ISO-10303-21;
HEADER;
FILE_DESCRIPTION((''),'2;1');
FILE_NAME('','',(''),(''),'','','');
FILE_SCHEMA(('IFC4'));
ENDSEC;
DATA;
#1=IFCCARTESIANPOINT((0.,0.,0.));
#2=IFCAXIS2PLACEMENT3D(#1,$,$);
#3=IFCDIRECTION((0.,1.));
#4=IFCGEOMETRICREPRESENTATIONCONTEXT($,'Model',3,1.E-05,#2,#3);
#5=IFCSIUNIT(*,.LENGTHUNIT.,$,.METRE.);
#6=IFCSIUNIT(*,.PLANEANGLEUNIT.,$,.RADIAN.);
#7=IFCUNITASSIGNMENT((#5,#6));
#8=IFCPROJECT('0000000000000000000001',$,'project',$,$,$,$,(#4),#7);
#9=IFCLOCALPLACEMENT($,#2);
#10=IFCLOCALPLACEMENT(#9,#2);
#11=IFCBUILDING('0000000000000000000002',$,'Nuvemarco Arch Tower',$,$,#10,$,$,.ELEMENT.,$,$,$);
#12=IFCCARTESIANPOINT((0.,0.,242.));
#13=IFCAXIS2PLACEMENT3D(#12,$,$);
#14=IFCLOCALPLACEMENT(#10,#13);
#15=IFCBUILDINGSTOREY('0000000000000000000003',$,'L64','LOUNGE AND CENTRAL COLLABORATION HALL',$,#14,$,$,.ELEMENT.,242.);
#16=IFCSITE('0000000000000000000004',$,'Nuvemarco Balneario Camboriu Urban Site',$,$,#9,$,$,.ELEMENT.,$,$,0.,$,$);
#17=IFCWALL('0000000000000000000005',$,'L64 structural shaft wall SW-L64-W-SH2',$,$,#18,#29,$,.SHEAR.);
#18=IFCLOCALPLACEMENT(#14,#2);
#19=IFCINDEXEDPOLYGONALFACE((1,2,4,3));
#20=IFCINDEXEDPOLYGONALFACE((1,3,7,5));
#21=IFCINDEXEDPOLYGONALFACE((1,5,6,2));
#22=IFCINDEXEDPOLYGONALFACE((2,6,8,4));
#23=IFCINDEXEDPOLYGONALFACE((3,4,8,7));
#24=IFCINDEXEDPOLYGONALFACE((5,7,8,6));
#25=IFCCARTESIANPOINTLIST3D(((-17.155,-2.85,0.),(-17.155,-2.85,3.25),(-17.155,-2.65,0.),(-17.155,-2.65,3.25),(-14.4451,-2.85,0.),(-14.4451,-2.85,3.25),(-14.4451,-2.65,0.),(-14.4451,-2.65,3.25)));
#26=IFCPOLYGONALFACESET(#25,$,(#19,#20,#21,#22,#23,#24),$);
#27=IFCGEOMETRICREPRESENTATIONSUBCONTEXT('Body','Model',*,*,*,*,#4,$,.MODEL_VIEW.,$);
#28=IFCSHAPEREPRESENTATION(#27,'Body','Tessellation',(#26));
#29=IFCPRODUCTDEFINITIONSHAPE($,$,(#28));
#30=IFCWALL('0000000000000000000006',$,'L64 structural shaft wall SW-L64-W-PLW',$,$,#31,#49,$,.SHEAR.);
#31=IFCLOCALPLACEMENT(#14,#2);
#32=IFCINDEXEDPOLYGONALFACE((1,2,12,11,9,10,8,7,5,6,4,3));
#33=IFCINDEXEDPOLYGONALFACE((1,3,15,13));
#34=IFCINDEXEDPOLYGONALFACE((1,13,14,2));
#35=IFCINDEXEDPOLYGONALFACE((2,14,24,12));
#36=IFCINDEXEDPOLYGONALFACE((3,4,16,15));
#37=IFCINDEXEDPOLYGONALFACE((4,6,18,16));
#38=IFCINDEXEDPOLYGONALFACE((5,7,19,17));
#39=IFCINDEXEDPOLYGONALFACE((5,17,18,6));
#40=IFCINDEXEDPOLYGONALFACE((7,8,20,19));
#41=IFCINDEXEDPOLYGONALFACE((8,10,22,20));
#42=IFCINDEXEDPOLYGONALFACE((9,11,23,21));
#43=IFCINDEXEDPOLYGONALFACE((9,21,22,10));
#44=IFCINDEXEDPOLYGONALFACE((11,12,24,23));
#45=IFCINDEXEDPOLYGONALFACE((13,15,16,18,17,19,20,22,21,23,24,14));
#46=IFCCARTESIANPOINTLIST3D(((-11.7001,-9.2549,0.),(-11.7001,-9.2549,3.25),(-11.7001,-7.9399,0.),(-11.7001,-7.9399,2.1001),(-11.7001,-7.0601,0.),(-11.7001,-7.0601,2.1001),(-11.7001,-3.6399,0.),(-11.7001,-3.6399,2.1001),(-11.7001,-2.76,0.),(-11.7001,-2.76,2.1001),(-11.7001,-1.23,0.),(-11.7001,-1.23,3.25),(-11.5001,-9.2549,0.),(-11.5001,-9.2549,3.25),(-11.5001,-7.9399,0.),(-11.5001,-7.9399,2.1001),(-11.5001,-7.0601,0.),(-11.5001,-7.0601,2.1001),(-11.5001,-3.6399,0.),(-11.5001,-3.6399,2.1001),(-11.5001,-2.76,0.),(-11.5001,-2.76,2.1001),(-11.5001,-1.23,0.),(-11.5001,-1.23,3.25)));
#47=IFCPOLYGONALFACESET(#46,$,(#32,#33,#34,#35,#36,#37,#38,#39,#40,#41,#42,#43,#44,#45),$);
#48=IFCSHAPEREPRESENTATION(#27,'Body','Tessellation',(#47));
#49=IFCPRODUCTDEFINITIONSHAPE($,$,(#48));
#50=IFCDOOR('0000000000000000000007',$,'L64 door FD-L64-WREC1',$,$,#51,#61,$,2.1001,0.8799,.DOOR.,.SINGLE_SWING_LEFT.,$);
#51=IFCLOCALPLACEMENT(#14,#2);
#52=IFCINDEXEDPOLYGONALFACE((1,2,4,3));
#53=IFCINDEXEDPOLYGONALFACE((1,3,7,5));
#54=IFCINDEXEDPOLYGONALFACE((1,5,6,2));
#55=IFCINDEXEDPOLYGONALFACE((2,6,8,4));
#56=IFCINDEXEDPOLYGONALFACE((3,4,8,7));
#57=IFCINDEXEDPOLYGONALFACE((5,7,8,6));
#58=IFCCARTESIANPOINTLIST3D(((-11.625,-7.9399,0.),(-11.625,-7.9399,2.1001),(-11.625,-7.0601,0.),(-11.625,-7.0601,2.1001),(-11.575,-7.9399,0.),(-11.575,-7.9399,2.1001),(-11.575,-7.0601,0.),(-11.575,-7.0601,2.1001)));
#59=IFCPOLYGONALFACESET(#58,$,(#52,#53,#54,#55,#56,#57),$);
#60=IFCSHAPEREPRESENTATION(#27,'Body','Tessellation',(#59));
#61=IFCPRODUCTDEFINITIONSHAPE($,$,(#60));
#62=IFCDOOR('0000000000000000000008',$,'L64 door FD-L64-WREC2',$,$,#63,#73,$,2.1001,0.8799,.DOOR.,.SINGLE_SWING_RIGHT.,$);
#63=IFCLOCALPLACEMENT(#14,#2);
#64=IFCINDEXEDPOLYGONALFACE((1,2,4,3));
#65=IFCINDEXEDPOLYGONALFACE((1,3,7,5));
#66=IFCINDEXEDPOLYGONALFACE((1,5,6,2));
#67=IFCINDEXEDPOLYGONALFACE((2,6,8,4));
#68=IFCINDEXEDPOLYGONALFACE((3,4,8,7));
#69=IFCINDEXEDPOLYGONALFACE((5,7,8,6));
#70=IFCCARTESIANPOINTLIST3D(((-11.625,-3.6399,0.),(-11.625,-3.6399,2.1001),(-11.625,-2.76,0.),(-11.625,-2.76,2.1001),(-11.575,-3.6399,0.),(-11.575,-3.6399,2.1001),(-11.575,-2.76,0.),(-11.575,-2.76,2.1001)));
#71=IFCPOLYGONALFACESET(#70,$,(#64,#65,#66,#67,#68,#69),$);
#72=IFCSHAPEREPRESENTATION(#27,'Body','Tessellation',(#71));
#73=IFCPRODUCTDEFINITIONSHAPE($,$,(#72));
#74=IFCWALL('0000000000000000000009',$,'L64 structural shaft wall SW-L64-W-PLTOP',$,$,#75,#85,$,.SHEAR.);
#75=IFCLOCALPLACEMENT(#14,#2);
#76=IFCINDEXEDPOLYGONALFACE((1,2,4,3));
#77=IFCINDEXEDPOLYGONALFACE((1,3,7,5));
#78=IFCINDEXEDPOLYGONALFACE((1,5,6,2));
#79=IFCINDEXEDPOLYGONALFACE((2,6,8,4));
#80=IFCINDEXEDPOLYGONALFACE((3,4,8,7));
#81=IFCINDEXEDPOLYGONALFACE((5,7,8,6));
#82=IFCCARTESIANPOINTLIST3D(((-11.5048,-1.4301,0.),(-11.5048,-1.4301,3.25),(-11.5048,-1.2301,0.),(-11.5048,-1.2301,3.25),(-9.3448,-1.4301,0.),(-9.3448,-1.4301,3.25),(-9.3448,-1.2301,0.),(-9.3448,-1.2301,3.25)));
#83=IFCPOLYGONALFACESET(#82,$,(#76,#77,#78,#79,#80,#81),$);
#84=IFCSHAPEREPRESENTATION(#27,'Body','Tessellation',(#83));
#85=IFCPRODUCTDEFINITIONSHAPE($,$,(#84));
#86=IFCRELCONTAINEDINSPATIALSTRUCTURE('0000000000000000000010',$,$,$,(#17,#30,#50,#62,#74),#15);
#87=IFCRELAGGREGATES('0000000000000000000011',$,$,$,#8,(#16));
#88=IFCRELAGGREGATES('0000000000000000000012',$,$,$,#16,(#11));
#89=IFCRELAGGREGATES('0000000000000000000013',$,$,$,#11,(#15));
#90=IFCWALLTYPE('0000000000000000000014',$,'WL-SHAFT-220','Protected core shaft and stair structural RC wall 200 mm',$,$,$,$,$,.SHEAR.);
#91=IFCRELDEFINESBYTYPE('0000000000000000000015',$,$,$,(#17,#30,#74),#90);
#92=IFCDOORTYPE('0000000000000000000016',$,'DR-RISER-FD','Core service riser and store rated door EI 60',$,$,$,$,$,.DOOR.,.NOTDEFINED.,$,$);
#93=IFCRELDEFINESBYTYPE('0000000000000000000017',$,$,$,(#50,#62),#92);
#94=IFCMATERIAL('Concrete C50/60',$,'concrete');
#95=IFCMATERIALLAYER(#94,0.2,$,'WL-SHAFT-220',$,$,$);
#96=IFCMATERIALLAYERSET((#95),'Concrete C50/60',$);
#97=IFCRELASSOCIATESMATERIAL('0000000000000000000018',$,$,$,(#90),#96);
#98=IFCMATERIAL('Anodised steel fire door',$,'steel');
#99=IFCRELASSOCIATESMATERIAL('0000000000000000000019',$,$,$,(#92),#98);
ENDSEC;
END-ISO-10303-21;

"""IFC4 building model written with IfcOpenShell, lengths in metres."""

from ifc_helpers import new_model, si_unit, direction, frame, frame_2d, origin, place, context, subcontext, project, spatial, rectangle, extrude, source, transform, mapped, material, layer, layer_set, type_object, type_shapes, element, fill, save


model = new_model("IFC4")

# Units and contexts
model_context = context("Model", 3, precision=1e-05, world=origin(), true_north=direction((0.0, 1.0)))
body_context = subcontext(model_context, "Body", "Model", "MODEL_VIEW")
ifc_project = project(units=[si_unit("LENGTHUNIT", "METRE"), si_unit("PLANEANGLEUNIT", "RADIAN")], contexts=[model_context])

# Site, building, storey
site_placement = place(None, origin())
site = spatial("IfcSite", under=ifc_project, at=site_placement, Name="Nuvemarco Balneario Camboriu Urban Site", CompositionType="ELEMENT", RefElevation=0.0)
building_placement = place(site_placement, origin())
building = spatial("IfcBuilding", under=site, at=building_placement, Name="Nuvemarco Arch Tower", CompositionType="ELEMENT")
storey_placement = place(building_placement, frame((0.0, 0.0, 242.0)))
storey = spatial("IfcBuildingStorey", under=building, at=storey_placement, Name="L64", Description="LOUNGE AND CENTRAL COLLABORATION HALL", CompositionType="ELEMENT", Elevation=242.0)

# Shared definitions
ifc_material_1 = material(Name="Concrete C50/60", Category="concrete")

# Shared definitions
ifc_material_2 = material(Name="Anodised steel fire door", Category="steel")

# Shared definitions
ifc_layer_1 = layer(ifc_material_1, 0.2, Name="WL-SHAFT-220")
ifc_layer_set_1 = layer_set([ifc_layer_1], Name="Concrete C50/60")
wall_type_1 = type_object("IfcWallType", Name="WL-SHAFT-220", Description="Protected core shaft and stair structural RC wall 200 mm", PredefinedType="SHEAR", material=ifc_layer_set_1)

# Shared definitions
door_type_1 = type_object("IfcDoorType", Name="DR-RISER-FD", Description="Core service riser and store rated door EI 60", OperationType="NOTDEFINED", PredefinedType="DOOR", material=ifc_material_2)
shared_shape_1 = source(origin(), body_context, "Body", "SweptSolid", [
    extrude(rectangle(XDim=0.8799, YDim=2.1001, at=frame_2d((0.4399, 1.05))), frame((0.0, 0.0249, 0.0), z_axis=(0.0, -1.0, 0.0), x_axis=(1.0, 0.0, 0.0)), (0.0, 0.0, 1.0), 0.05),
])
type_shapes(door_type_1, [shared_shape_1])

# Wall
wall_1_placement = place(storey_placement, frame((-17.155, -2.75, 0.0), z_axis=(0.0, 0.0, 1.0), x_axis=(1.0, 0.0, 0.0)))
element("IfcWall", 1, at=wall_1_placement, inside=storey, type_object=wall_type_1, Name="L64 structural shaft wall SW-L64-W-SH2", PredefinedType="SHEAR", context=body_context, shape_type="SweptSolid", body=[
    extrude(rectangle(XDim=2.71, YDim=0.2, at=frame_2d((1.355, 0.0))), origin(), (0.0, 0.0, 1.0), 3.25),
])

# Wall, openings, doors
wall_2_placement = place(storey_placement, frame((-11.6001, -9.2549, 0.0), z_axis=(0.0, 0.0, 1.0), x_axis=(0.0, 1.0, 0.0)))
wall_2 = element("IfcWall", 2, at=wall_2_placement, inside=storey, type_object=wall_type_1, Name="L64 structural shaft wall SW-L64-W-PLW", PredefinedType="SHEAR", context=body_context, shape_type="SweptSolid", body=[
    extrude(rectangle(XDim=8.0249, YDim=0.2, at=frame_2d((4.0125, 0.0))), origin(), (0.0, 0.0, 1.0), 3.25),
])
opening_1_placement = place(wall_2_placement, frame((1.3149, 0.0, 0.0)))
opening_1 = element("IfcOpeningElement", 3, at=opening_1_placement, cuts=wall_2, PredefinedType="OPENING", context=body_context, shape_type="SweptSolid", body=[
    extrude(rectangle(XDim=0.8799, YDim=2.1001, at=frame_2d((0.4399, 1.05))), frame((0.0, 0.1099, 0.0), z_axis=(0.0, -1.0, 0.0), x_axis=(1.0, 0.0, 0.0)), (0.0, 0.0, 1.0), 0.22),
])
opening_2_placement = place(wall_2_placement, frame((5.615, 0.0, 0.0)))
opening_2 = element("IfcOpeningElement", 4, at=opening_2_placement, cuts=wall_2, PredefinedType="OPENING", context=body_context, shape_type="SweptSolid", body=[
    extrude(rectangle(XDim=0.8799, YDim=2.1001, at=frame_2d((0.4399, 1.05))), frame((0.0, 0.1099, 0.0), z_axis=(0.0, -1.0, 0.0), x_axis=(1.0, 0.0, 0.0)), (0.0, 0.0, 1.0), 0.22),
])
door_1_placement = place(opening_1_placement, origin())
door_1 = element("IfcDoor", 5, at=door_1_placement, inside=storey, type_object=door_type_1, Name="L64 door FD-L64-WREC1", OperationType="SINGLE_SWING_LEFT", OverallHeight=2.1001, OverallWidth=0.8799, PredefinedType="DOOR", context=body_context, shape_type="MappedRepresentation", body=[
    mapped(shared_shape_1, transform((0.0, 0.0, 0.0), scale=1.0)),
])
fill(opening_1, door_1)
door_2_placement = place(opening_2_placement, origin())
door_2 = element("IfcDoor", 6, at=door_2_placement, inside=storey, type_object=door_type_1, Name="L64 door FD-L64-WREC2", OperationType="SINGLE_SWING_RIGHT", OverallHeight=2.1001, OverallWidth=0.8799, PredefinedType="DOOR", context=body_context, shape_type="MappedRepresentation", body=[
    mapped(shared_shape_1, transform((0.0, 0.0, 0.0), scale=1.0)),
])
fill(opening_2, door_2)

# Wall
wall_3_placement = place(storey_placement, frame((-11.5049, -1.3301, 0.0), z_axis=(0.0, 0.0, 1.0), x_axis=(1.0, 0.0, 0.0)))
element("IfcWall", 7, at=wall_3_placement, inside=storey, type_object=wall_type_1, Name="L64 structural shaft wall SW-L64-W-PLTOP", PredefinedType="SHEAR", context=body_context, shape_type="SweptSolid", body=[
    extrude(rectangle(XDim=2.1599, YDim=0.2, at=frame_2d((1.0801, 0.0))), origin(), (0.0, 0.0, 1.0), 3.25),
])

save(model, "model.ifc")
